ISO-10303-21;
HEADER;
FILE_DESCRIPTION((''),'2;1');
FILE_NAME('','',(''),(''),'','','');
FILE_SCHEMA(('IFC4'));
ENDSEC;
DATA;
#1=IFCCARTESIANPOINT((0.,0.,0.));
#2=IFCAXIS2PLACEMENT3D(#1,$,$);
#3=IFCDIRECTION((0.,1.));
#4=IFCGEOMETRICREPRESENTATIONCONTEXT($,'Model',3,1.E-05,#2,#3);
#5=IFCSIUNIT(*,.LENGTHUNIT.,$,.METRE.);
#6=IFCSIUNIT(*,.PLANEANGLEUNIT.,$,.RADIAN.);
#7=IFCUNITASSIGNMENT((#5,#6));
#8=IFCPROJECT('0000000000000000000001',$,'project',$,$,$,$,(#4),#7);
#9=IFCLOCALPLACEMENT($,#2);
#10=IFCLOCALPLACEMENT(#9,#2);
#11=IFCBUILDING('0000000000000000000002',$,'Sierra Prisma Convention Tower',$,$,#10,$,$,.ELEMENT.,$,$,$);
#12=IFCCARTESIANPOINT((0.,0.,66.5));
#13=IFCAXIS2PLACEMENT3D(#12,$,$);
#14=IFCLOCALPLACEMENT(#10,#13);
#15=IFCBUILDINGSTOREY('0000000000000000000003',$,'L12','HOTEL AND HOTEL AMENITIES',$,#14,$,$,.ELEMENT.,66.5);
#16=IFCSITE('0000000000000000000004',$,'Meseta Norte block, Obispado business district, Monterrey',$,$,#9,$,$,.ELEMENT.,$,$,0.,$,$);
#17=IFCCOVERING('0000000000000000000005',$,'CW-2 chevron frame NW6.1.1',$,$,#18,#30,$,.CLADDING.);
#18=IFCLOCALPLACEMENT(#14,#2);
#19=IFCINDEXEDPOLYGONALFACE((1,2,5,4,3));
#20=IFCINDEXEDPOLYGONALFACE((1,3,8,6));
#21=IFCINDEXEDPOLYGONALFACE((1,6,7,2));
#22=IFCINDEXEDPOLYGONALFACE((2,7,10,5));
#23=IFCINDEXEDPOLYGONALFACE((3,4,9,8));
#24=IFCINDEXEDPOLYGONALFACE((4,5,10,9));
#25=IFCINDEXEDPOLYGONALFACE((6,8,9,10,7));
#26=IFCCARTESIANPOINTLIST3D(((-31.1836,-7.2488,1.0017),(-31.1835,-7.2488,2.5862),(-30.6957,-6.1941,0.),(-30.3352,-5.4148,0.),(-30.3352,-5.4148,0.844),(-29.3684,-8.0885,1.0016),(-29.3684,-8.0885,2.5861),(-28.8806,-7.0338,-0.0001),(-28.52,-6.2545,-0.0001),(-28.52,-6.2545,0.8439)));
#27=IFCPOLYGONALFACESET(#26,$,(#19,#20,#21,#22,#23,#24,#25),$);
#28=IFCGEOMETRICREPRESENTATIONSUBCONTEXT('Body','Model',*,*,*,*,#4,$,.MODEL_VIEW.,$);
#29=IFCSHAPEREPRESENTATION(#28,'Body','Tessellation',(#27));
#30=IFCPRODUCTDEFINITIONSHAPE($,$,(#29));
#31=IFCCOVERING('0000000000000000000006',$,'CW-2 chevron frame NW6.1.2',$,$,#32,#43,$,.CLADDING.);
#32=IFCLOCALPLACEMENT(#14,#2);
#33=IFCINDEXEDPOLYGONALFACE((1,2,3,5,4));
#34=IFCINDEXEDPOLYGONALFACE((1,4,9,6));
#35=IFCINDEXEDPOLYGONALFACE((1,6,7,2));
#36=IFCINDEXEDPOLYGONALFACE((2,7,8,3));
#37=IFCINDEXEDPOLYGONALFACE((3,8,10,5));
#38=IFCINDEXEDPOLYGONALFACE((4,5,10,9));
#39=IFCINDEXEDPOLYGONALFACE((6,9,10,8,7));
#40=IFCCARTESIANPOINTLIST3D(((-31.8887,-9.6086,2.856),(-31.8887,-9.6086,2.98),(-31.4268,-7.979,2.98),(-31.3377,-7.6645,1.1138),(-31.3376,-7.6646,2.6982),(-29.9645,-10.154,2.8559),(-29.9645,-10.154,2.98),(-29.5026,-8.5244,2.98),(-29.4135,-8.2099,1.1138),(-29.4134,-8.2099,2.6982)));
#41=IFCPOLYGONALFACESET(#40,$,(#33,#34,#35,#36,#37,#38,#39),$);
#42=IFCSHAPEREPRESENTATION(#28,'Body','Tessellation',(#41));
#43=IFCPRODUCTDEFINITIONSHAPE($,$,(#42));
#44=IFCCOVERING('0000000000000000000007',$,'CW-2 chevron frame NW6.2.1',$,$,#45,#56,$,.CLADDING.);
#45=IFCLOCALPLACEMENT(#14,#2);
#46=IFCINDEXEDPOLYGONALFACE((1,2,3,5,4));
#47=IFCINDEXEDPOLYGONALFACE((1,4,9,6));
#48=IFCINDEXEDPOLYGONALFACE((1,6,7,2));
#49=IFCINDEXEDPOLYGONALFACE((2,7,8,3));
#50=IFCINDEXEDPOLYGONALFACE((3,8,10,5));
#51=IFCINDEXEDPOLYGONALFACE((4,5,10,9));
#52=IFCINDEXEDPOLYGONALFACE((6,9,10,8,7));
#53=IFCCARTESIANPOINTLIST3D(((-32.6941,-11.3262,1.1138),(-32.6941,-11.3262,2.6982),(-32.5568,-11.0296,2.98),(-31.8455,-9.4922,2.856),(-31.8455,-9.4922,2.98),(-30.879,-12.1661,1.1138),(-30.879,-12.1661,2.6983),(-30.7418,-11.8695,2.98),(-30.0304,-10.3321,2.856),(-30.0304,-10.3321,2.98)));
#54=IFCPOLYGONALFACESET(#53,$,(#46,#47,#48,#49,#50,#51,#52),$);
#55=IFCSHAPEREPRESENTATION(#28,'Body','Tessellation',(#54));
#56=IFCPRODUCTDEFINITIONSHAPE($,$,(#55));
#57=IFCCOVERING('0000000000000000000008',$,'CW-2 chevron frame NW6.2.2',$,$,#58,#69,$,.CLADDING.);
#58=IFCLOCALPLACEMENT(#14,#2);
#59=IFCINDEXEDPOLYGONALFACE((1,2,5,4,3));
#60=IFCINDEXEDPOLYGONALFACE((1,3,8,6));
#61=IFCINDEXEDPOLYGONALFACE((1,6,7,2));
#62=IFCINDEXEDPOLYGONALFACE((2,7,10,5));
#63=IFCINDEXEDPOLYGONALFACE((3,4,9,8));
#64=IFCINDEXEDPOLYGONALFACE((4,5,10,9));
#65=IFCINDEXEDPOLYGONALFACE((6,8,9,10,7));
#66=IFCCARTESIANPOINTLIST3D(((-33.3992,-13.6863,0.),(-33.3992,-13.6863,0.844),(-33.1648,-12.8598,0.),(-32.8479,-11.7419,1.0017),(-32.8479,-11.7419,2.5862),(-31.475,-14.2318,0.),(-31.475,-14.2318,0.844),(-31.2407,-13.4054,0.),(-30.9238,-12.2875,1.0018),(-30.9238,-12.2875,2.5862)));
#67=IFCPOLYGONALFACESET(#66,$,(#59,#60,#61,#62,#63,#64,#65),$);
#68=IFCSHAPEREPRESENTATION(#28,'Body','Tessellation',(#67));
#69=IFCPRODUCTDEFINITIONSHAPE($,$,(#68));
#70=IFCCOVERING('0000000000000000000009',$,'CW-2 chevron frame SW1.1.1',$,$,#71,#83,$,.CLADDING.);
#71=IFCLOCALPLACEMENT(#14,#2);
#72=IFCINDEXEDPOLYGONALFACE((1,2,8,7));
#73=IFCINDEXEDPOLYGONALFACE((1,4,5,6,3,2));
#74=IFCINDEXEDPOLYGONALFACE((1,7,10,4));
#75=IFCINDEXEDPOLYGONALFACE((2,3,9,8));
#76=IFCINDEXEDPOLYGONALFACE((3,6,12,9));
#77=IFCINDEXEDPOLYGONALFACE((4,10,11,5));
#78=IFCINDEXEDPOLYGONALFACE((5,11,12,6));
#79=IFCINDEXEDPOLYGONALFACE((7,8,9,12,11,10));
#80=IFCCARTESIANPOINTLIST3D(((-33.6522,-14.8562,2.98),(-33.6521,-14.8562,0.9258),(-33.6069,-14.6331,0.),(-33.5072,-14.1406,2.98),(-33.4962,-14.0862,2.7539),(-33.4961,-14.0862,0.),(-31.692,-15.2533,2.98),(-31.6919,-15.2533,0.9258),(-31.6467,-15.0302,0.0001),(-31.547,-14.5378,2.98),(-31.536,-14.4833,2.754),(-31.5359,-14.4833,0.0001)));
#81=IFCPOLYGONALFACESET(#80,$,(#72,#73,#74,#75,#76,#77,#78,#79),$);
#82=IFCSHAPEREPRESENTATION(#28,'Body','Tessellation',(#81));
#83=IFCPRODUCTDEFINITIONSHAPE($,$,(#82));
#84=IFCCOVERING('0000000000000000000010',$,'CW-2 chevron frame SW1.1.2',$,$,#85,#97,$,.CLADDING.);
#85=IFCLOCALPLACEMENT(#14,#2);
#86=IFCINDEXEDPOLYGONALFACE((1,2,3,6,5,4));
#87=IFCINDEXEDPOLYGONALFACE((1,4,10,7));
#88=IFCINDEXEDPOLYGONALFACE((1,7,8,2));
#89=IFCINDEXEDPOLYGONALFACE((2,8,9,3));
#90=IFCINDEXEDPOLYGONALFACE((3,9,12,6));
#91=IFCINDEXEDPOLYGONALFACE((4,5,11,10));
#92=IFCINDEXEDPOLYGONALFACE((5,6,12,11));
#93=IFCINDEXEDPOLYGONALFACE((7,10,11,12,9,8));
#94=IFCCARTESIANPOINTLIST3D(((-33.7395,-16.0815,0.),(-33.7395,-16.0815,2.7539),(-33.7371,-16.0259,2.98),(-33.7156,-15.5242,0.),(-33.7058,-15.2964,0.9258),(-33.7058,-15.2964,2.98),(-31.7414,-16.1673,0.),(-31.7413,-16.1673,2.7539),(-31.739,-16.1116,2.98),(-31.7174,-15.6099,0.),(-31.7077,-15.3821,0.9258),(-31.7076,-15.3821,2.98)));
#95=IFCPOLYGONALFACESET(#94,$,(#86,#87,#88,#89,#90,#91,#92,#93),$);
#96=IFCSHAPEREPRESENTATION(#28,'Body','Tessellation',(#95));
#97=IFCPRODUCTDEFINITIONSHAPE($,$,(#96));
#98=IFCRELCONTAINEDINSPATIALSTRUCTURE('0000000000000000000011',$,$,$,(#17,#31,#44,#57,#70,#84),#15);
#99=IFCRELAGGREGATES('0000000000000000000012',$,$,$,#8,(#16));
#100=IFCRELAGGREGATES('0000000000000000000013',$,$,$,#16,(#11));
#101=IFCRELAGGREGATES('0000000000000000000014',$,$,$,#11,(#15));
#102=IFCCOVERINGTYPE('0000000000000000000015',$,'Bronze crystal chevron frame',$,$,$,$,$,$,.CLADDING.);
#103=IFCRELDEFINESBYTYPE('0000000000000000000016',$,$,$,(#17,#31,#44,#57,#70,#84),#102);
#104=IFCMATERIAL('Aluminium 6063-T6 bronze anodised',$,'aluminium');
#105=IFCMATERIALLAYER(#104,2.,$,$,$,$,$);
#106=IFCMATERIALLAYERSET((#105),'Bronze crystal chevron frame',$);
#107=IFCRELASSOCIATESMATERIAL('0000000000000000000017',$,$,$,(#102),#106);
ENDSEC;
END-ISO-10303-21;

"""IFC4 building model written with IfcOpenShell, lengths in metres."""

from ifc_helpers import new_model, si_unit, direction, frame, origin, place, context, subcontext, project, spatial, polyline, outline, extrude, material, layer, layer_set, type_object, element, save


model = new_model("IFC4")

# Units and contexts
model_context = context("Model", 3, precision=1e-05, world=origin(), true_north=direction((0.0, 1.0)))
body_context = subcontext(model_context, "Body", "Model", "MODEL_VIEW")
ifc_project = project(units=[si_unit("LENGTHUNIT", "METRE"), si_unit("PLANEANGLEUNIT", "RADIAN")], contexts=[model_context])

# Site, building, storey
site_placement = place(None, origin())
site = spatial("IfcSite", under=ifc_project, at=site_placement, Name="Meseta Norte block, Obispado business district, Monterrey", CompositionType="ELEMENT", RefElevation=0.0)
building_placement = place(site_placement, origin())
building = spatial("IfcBuilding", under=site, at=building_placement, Name="Sierra Prisma Convention Tower", CompositionType="ELEMENT")
storey_placement = place(building_placement, frame((0.0, 0.0, 66.5)))
storey = spatial("IfcBuildingStorey", under=building, at=storey_placement, Name="L12", Description="HOTEL AND HOTEL AMENITIES", CompositionType="ELEMENT", Elevation=66.5)

# Coverings
ifc_material_1 = material(Name="Aluminium 6063-T6 bronze anodised", Category="aluminium")
ifc_layer_1 = layer(ifc_material_1, 2.0)
ifc_layer_set_1 = layer_set([ifc_layer_1], Name="Bronze crystal chevron frame")
covering_type = type_object("IfcCoveringType", Name="Bronze crystal chevron frame", PredefinedType="CLADDING", material=ifc_layer_set_1)
covering_1_placement = place(storey_placement, frame((-30.3352, -5.4148, 0.0), z_axis=(-0.907588, 0.419861, 0.000031), x_axis=(-0.419861, -0.907588, 0.0)))
element("IfcCovering", 1, at=covering_1_placement, inside=storey, type_object=covering_type, Name="CW-2 chevron frame NW6.1.1", PredefinedType="CLADDING", context=body_context, shape_type="SweptSolid", body=[
    extrude(outline(polyline([(0.0, 0.0), (0.8587, 0.0), (2.0207, 1.0017), (2.0207, 2.5862), (0.0, 0.844), (0.0, 0.0)])), origin(), (0.0, 0.0, -1.0), 2.0),
])
covering_2_placement = place(storey_placement, frame((-31.3376, -7.6646, 2.6982), z_axis=(-0.962101, 0.272695, 0.000008), x_axis=(-0.000008, 0.000002, -1.0)))
element("IfcCovering", 2, at=covering_2_placement, inside=storey, type_object=covering_type, Name="CW-2 chevron frame NW6.1.2", PredefinedType="CLADDING", context=body_context, shape_type="SweptSolid", body=[
    extrude(outline(polyline([(0.0, 0.0), (1.5845, 0.0), (-0.1577, 2.0207), (-0.2817, 2.0207), (-0.2817, 0.3268), (0.0, 0.0)])), origin(), (0.0, 0.0, -1.0), 2.0),
])
covering_3_placement = place(storey_placement, frame((-31.8455, -9.4922, 2.98), z_axis=(-0.907547, 0.41995, -0.000024), x_axis=(0.000022, -0.00001, -1.0)))
element("IfcCovering", 3, at=covering_3_placement, inside=storey, type_object=covering_type, Name="CW-2 chevron frame NW6.2.1", PredefinedType="CLADDING", context=body_context, shape_type="SweptSolid", body=[
    extrude(outline(polyline([(0.0, 0.0), (0.124, 0.0), (1.8662, 2.0208), (0.2817, 2.0208), (0.0, 1.694), (0.0, 0.0)])), origin(), (0.0, 0.0, -1.0), 2.0),
])
covering_4_placement = place(storey_placement, frame((-33.3992, -13.6863, 0.0), z_axis=(-0.962075, 0.272784, -0.000022), x_axis=(-0.000021, 0.000006, 1.0)))
element("IfcCovering", 4, at=covering_4_placement, inside=storey, type_object=covering_type, Name="CW-2 chevron frame NW6.2.2", PredefinedType="CLADDING", context=body_context, shape_type="SweptSolid", body=[
    extrude(outline(polyline([(0.0, 0.0), (0.844, 0.0), (2.5862, 2.021), (1.0017, 2.021), (0.0, 0.859), (0.0, 0.0)])), origin(), (0.0, 0.0, -1.0), 2.0),
])
covering_5_placement = place(storey_placement, frame((-33.4961, -14.0862, 0.0), z_axis=(-0.980088, 0.198564, -0.000027), x_axis=(-0.198564, -0.980088, 0.0)))
element("IfcCovering", 5, at=covering_5_placement, inside=storey, type_object=covering_type, Name="CW-2 chevron frame SW1.1.1", PredefinedType="CLADDING", context=body_context, shape_type="SweptSolid", body=[
    extrude(outline(polyline([(0.0, 0.0), (0.558, 0.0), (0.7857, 0.9258), (0.7857, 2.98), (0.0556, 2.98), (0.0, 2.7539), (0.0, 0.0)])), origin(), (0.0, 0.0, -1.0), 2.0),
])
covering_6_placement = place(storey_placement, frame((-33.7058, -15.2964, 2.98), z_axis=(-0.999081, 0.04287, 0.000008), x_axis=(-0.000008, 0.0, -1.0)))
element("IfcCovering", 6, at=covering_6_placement, inside=storey, type_object=covering_type, Name="CW-2 chevron frame SW1.1.2", PredefinedType="CLADDING", context=body_context, shape_type="SweptSolid", body=[
    extrude(outline(polyline([(0.0, 0.0), (2.0542, 0.0), (2.98, 0.228), (2.98, 0.7859), (0.2261, 0.7859), (0.0, 0.7302), (0.0, 0.0)])), origin(), (0.0, 0.0, -1.0), 2.0),
])

save(model, "model.ifc")
